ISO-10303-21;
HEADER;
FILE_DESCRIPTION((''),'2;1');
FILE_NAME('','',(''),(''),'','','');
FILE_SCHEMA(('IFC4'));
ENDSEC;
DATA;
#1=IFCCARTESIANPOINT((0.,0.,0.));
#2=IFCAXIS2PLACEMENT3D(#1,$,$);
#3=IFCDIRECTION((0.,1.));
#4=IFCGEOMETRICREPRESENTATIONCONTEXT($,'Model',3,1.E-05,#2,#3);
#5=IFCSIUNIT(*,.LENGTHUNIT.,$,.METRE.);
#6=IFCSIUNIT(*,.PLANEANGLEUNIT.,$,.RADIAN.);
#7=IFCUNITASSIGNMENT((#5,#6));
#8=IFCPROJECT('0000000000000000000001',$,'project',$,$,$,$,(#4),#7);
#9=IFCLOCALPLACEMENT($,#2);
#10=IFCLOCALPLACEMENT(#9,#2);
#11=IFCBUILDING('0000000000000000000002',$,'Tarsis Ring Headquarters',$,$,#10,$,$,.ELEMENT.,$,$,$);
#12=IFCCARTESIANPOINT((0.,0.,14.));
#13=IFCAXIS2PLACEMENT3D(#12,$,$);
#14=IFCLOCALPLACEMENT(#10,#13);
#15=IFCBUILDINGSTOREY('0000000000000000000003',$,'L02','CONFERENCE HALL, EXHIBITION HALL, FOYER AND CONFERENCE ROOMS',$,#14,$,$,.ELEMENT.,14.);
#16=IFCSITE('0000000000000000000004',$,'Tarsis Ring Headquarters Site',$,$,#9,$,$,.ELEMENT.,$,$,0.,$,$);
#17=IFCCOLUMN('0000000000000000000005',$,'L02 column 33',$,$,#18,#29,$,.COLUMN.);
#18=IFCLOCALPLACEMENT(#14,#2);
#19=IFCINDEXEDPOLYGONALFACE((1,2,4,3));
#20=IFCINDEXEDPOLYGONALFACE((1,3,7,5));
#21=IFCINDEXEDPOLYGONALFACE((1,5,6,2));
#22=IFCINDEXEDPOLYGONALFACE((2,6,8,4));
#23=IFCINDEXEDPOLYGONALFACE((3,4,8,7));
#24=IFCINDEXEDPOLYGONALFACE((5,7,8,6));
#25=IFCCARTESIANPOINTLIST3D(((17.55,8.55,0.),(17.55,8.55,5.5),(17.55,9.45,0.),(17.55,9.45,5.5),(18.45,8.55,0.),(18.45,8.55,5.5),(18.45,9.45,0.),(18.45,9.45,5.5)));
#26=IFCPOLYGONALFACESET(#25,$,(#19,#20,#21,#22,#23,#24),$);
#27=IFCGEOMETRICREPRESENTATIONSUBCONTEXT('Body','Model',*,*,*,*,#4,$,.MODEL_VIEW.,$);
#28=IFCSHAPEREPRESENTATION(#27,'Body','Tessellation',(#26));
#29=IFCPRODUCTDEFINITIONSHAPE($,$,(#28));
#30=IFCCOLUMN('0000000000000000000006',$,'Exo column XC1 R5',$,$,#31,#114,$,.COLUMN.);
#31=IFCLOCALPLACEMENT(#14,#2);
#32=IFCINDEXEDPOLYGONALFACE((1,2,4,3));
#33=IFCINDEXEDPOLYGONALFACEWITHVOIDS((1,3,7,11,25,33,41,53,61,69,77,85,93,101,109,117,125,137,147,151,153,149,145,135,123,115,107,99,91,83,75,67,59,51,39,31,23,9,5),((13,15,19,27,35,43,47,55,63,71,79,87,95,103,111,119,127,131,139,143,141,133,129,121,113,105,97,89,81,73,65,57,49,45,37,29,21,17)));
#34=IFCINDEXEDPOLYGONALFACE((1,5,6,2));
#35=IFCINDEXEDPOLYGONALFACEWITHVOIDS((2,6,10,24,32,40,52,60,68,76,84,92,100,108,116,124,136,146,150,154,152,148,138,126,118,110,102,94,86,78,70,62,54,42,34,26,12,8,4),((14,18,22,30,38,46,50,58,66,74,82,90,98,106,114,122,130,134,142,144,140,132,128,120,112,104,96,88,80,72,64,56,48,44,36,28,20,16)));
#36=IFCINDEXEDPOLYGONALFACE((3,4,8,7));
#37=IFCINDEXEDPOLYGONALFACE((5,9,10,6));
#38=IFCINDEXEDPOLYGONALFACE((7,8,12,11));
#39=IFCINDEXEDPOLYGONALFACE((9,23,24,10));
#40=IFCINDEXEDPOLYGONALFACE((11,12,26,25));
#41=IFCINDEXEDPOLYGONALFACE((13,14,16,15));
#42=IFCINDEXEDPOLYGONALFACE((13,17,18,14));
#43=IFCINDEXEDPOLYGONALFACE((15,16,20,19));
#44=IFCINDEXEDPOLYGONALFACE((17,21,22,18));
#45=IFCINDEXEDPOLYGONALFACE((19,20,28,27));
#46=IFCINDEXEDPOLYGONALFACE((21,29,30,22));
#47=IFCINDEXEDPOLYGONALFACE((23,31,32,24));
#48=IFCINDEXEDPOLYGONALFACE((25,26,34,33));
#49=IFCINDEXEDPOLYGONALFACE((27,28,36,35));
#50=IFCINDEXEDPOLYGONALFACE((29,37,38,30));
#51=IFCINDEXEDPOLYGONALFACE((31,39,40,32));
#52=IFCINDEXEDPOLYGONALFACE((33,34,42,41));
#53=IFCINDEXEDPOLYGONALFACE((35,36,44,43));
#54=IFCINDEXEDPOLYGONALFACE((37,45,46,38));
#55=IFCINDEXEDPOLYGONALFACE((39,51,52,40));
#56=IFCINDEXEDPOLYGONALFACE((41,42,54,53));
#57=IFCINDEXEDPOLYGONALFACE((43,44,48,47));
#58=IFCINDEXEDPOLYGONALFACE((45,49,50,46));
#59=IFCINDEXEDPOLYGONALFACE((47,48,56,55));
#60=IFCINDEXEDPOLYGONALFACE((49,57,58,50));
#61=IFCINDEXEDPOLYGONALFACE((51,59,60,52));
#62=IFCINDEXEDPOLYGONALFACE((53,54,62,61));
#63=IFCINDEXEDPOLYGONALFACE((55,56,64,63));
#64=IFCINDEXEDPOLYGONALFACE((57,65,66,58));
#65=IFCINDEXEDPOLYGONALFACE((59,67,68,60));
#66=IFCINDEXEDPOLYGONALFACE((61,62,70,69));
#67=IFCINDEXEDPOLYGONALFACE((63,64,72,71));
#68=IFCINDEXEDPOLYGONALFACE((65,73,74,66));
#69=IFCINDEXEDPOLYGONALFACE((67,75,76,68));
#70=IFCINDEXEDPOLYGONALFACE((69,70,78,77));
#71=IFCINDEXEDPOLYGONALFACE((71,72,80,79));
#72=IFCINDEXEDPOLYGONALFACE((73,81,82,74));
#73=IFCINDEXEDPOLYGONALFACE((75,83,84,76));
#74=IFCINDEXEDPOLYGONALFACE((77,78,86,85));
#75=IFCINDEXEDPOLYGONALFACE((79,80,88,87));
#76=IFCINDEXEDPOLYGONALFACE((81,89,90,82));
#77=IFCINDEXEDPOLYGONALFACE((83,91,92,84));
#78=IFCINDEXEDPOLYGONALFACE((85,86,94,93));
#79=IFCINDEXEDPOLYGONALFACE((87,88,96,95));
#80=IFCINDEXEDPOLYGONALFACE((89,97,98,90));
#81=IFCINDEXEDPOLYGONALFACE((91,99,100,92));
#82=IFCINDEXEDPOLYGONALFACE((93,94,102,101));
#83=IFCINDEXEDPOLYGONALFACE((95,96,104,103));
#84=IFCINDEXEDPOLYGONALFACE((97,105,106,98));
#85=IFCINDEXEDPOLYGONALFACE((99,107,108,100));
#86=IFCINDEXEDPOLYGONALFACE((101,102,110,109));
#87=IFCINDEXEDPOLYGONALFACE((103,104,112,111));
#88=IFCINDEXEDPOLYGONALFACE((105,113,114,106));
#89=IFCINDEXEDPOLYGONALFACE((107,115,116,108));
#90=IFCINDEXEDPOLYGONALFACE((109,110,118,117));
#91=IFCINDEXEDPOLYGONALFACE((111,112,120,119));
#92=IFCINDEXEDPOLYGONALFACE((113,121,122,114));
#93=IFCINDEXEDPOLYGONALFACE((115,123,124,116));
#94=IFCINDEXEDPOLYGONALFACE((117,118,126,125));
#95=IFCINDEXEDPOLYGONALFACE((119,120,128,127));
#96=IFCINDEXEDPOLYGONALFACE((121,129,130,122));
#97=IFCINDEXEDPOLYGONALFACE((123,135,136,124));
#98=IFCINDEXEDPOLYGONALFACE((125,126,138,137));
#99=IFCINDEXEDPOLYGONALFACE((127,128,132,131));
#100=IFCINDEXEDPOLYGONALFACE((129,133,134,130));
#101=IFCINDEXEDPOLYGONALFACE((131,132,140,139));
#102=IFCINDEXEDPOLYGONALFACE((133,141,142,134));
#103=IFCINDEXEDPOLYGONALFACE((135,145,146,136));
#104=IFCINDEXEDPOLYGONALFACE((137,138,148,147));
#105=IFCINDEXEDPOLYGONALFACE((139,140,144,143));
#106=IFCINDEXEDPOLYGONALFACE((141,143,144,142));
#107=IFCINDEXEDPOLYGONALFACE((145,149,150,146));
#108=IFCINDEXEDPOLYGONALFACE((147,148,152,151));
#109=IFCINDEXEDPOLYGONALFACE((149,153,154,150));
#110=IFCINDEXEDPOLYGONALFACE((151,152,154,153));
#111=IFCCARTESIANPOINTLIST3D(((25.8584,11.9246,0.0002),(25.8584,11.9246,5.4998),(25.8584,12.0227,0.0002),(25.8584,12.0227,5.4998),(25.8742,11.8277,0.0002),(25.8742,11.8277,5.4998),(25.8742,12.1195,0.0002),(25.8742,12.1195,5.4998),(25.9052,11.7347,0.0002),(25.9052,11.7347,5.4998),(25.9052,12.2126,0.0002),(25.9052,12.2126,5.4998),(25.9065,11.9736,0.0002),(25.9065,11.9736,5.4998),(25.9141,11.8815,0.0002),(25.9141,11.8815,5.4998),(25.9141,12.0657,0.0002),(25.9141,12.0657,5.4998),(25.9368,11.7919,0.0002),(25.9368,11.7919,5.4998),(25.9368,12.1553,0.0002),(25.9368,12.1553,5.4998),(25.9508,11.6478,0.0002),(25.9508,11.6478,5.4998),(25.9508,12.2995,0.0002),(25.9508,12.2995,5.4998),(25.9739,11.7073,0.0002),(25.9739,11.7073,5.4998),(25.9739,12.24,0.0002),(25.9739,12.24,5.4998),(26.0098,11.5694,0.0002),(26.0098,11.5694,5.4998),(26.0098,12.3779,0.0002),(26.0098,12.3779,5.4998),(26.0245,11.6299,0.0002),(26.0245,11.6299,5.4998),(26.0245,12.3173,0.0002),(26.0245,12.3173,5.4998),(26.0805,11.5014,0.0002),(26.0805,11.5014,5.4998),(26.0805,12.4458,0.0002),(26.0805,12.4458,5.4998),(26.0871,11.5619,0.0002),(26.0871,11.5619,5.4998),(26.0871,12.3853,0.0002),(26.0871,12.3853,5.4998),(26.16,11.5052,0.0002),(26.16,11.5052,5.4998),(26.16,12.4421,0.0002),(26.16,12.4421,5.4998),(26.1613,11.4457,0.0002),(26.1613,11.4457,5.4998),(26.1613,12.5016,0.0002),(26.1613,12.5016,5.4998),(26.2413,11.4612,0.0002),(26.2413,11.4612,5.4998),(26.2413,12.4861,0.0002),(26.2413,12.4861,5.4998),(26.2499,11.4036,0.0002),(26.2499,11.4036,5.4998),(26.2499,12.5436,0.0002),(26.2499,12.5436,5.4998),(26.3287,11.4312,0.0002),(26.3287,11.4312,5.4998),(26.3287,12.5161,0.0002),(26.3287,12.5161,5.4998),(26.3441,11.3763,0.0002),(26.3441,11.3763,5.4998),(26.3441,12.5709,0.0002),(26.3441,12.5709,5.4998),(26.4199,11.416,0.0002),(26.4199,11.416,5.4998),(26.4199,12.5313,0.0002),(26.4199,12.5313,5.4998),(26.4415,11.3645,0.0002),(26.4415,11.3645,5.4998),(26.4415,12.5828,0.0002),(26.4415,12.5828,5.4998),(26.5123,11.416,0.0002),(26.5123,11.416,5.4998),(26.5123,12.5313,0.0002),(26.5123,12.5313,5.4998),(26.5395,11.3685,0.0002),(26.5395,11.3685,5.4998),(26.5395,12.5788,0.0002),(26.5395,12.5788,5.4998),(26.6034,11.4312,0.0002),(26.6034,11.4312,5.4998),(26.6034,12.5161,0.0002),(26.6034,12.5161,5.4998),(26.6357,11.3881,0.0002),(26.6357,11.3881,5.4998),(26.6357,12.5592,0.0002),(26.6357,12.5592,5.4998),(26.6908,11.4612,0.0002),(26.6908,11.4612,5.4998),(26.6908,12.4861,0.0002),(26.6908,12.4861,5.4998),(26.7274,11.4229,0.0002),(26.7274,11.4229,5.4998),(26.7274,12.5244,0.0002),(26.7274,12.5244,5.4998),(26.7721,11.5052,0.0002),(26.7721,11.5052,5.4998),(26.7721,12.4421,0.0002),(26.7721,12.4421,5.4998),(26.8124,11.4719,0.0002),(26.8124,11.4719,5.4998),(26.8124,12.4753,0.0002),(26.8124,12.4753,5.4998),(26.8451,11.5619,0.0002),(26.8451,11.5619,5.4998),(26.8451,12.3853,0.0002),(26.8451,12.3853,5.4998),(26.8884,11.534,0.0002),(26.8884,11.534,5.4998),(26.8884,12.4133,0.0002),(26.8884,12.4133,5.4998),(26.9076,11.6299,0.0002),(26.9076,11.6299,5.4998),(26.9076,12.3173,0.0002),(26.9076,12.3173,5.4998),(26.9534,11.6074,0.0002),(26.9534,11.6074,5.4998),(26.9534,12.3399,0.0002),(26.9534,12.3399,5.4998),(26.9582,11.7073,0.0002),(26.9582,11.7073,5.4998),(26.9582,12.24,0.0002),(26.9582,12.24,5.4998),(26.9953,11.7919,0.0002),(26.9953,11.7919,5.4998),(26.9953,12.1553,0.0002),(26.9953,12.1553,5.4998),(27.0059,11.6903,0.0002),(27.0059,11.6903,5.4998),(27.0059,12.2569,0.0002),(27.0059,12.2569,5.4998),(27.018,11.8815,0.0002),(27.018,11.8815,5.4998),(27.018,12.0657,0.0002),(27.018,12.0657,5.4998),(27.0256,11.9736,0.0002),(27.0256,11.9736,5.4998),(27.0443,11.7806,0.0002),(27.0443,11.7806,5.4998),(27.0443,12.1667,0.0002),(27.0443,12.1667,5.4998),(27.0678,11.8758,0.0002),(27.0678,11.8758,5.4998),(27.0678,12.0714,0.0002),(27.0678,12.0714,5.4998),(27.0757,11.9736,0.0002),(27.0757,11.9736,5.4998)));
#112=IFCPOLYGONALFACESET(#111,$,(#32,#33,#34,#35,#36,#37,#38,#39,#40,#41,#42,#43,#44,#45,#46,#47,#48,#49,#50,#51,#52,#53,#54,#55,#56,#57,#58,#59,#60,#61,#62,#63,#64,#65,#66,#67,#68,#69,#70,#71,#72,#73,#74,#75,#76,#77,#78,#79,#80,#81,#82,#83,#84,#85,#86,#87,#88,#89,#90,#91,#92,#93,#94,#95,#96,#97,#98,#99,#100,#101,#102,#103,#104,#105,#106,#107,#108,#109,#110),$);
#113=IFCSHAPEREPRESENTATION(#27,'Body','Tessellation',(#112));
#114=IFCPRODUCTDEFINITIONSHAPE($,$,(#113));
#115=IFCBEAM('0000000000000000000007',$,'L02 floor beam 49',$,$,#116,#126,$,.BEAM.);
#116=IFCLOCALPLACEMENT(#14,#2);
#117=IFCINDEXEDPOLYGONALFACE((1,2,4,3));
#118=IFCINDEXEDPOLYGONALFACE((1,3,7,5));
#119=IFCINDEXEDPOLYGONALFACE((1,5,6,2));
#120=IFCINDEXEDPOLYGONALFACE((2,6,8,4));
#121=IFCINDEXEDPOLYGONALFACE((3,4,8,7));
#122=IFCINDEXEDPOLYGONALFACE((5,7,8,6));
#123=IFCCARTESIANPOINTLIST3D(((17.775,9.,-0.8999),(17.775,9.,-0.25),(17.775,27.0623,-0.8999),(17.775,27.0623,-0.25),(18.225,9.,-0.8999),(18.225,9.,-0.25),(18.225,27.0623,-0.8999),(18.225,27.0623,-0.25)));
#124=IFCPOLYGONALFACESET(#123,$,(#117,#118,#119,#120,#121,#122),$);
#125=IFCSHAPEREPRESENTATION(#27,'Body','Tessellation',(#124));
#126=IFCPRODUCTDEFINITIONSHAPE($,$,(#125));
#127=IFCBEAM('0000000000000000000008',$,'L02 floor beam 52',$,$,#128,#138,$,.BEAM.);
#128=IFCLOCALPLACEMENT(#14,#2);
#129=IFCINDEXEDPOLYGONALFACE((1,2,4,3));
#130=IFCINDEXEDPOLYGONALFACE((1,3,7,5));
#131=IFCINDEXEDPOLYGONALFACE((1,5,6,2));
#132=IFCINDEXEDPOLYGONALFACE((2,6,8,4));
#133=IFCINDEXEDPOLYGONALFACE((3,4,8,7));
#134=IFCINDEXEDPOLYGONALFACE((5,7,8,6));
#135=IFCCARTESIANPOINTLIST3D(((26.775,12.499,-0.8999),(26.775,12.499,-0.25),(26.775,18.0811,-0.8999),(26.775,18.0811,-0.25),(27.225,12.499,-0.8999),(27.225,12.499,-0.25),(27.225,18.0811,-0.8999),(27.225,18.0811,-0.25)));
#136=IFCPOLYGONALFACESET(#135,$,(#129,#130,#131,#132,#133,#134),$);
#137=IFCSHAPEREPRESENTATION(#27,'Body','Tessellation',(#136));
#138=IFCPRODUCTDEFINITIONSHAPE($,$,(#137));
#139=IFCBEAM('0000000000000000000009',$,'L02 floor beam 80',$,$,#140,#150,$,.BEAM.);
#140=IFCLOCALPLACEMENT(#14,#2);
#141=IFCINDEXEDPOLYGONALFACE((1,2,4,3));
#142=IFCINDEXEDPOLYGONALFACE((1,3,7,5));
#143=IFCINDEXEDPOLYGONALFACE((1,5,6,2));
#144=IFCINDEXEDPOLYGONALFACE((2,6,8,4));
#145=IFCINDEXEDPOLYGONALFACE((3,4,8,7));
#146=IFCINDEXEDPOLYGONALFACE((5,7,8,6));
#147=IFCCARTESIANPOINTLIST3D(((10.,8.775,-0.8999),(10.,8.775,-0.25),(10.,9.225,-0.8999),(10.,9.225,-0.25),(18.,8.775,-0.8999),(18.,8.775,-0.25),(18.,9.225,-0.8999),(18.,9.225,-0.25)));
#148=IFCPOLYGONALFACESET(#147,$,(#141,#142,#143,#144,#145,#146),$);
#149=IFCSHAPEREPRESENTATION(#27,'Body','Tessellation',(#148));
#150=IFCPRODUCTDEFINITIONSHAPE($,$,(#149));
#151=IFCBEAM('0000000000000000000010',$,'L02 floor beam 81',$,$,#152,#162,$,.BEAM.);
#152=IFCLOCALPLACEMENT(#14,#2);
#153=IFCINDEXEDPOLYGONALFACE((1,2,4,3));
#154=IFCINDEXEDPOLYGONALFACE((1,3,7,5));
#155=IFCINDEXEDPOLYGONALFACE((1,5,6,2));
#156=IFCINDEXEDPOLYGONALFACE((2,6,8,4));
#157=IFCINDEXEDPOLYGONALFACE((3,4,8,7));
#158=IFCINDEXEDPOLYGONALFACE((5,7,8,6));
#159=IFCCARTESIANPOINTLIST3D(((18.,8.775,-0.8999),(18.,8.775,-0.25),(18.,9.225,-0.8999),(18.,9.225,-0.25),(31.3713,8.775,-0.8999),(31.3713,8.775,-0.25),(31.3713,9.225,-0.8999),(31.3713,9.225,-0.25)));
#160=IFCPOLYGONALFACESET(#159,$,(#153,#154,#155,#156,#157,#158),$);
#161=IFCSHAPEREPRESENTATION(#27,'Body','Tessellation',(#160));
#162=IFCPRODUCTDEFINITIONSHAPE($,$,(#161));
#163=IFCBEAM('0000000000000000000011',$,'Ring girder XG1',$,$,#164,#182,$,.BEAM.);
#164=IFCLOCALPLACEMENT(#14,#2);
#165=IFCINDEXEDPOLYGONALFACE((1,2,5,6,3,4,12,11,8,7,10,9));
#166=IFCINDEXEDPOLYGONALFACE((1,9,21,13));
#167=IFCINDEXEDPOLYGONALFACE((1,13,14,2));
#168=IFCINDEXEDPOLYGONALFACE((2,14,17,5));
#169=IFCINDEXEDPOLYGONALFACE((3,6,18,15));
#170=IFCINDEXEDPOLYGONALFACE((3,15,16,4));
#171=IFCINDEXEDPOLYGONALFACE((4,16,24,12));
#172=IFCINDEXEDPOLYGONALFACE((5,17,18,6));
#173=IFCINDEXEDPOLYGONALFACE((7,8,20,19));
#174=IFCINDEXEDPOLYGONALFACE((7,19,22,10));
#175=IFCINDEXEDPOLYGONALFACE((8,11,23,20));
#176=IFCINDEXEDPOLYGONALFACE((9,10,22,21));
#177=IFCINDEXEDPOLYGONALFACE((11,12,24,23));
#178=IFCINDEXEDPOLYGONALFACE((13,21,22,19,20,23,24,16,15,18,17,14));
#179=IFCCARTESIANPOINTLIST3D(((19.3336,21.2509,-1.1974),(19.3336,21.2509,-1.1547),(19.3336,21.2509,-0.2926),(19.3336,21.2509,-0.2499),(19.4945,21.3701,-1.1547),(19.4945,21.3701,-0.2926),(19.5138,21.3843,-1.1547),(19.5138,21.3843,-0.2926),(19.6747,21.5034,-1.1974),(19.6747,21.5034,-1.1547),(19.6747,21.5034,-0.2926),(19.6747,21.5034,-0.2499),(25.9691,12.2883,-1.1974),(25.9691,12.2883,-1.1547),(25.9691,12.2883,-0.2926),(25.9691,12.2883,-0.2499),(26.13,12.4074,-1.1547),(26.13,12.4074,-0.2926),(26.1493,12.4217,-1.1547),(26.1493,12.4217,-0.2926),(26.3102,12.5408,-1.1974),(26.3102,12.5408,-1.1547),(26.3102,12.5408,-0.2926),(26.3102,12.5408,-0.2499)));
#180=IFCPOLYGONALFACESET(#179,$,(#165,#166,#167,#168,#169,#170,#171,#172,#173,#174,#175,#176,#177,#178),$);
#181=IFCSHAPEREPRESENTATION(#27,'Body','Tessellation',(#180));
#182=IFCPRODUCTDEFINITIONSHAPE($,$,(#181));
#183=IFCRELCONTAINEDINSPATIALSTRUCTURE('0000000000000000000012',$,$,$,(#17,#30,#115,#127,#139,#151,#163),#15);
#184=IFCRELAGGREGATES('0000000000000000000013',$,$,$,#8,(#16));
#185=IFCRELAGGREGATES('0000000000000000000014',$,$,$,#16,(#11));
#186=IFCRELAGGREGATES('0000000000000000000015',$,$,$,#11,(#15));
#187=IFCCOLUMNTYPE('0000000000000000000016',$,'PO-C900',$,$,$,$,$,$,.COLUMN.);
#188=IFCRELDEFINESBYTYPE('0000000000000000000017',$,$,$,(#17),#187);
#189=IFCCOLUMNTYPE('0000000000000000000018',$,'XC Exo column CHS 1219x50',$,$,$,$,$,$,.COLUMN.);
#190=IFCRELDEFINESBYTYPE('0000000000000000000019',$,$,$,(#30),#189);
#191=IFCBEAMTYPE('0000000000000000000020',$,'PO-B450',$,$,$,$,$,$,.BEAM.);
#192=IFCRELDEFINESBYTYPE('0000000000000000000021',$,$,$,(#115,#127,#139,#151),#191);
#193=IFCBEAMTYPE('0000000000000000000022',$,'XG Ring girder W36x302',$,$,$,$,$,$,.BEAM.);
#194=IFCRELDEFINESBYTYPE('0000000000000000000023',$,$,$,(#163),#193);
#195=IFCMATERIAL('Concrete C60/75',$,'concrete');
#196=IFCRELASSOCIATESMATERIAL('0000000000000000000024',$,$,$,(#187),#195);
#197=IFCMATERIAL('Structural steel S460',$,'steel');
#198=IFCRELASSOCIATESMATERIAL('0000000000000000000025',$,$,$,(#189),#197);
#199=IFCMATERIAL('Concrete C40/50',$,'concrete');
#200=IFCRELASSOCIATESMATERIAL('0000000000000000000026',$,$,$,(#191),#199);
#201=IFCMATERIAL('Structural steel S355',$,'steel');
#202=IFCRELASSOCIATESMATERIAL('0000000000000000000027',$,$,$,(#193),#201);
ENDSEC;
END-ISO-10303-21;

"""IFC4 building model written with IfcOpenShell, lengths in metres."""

from ifc_helpers import new_model, si_unit, direction, frame, origin, origin_2d, place, context, subcontext, project, spatial, rectangle, hollow_circle, i_section, extrude, material, material_profile, profile_set, type_object, element, save


model = new_model("IFC4")

# Units and contexts
model_context = context("Model", 3, precision=1e-05, world=origin(), true_north=direction((0.0, 1.0)))
body_context = subcontext(model_context, "Body", "Model", "MODEL_VIEW")
ifc_project = project(units=[si_unit("LENGTHUNIT", "METRE"), si_unit("PLANEANGLEUNIT", "RADIAN")], contexts=[model_context])

# Site, building, storey
site_placement = place(None, origin())
site = spatial("IfcSite", under=ifc_project, at=site_placement, Name="Tarsis Ring Headquarters Site", CompositionType="ELEMENT", RefElevation=0.0)
building_placement = place(site_placement, origin())
building = spatial("IfcBuilding", under=site, at=building_placement, Name="Tarsis Ring Headquarters", CompositionType="ELEMENT")
storey_placement = place(building_placement, frame((0.0, 0.0, 14.0)))
storey = spatial("IfcBuildingStorey", under=building, at=storey_placement, Name="L02", Description="CONFERENCE HALL, EXHIBITION HALL, FOYER AND CONFERENCE ROOMS", CompositionType="ELEMENT", Elevation=14.0)

# Columns
ifc_material_1 = material(Name="Concrete C60/75", Category="concrete")
ifc_material_profile_1 = material_profile(ifc_material_1, rectangle(XDim=0.8999, YDim=0.8999, at=origin_2d()), Name="PO-C900")
ifc_profile_set_1 = profile_set([ifc_material_profile_1], Name="Concrete C60/75")
column_type_1 = type_object("IfcColumnType", Name="PO-C900", PredefinedType="COLUMN", material=ifc_profile_set_1)
column_1_placement = place(storey_placement, frame((18.0, 9.0, 0.0), z_axis=(0.0, 0.0, 1.0), x_axis=(1.0, 0.0, 0.0)))
element("IfcColumn", 1, at=column_1_placement, inside=storey, type_object=column_type_1, Name="L02 column 33", PredefinedType="COLUMN", context=body_context, shape_type="SweptSolid", body=[
    extrude(rectangle(XDim=0.8999, YDim=0.8999, at=origin_2d()), origin(), (0.0, 0.0, 1.0), 5.5),
])
ifc_material_2 = material(Name="Structural steel S460", Category="steel")
ifc_material_profile_2 = material_profile(ifc_material_2, hollow_circle(Radius=0.6096, WallThickness=0.05, at=origin_2d()), Name="CHS 1219x50")
ifc_profile_set_2 = profile_set([ifc_material_profile_2], Name="Structural steel S460")
column_type_2 = type_object("IfcColumnType", Name="XC Exo column CHS 1219x50", PredefinedType="COLUMN", material=ifc_profile_set_2)
column_2_placement = place(storey_placement, frame((26.4661, 11.9736, 0.0002), z_axis=(0.0, 0.0, 1.0), x_axis=(1.0, 0.0, 0.0)))
element("IfcColumn", 2, at=column_2_placement, inside=storey, type_object=column_type_2, Name="Exo column XC1 R5", PredefinedType="COLUMN", context=body_context, shape_type="SweptSolid", body=[
    extrude(hollow_circle(Radius=0.6096, WallThickness=0.05, at=origin_2d()), origin(), (0.0, 0.0, 1.0), 5.4995),
])

# Beams
ifc_material_3 = material(Name="Concrete C40/50", Category="concrete")
ifc_material_profile_3 = material_profile(ifc_material_3, rectangle(XDim=0.45, YDim=0.6499, at=origin_2d()), Name="PO-B450")
ifc_profile_set_3 = profile_set([ifc_material_profile_3], Name="Concrete C40/50")
beam_type_1 = type_object("IfcBeamType", Name="PO-B450", PredefinedType="BEAM", material=ifc_profile_set_3)
beam_1_placement = place(storey_placement, frame((18.0, 9.0, -0.575), z_axis=(0.0, 1.0, 0.0), x_axis=(-1.0, 0.0, 0.0)))
element("IfcBeam", 3, at=beam_1_placement, inside=storey, type_object=beam_type_1, Name="L02 floor beam 49", PredefinedType="BEAM", context=body_context, shape_type="SweptSolid", body=[
    extrude(rectangle(XDim=0.45, YDim=0.6499, at=origin_2d()), origin(), (0.0, 0.0, 1.0), 18.0623),
])
beam_2_placement = place(storey_placement, frame((27.0, 12.499, -0.575), z_axis=(0.0, 1.0, 0.0), x_axis=(-1.0, 0.0, 0.0)))
element("IfcBeam", 4, at=beam_2_placement, inside=storey, type_object=beam_type_1, Name="L02 floor beam 52", PredefinedType="BEAM", context=body_context, shape_type="SweptSolid", body=[
    extrude(rectangle(XDim=0.45, YDim=0.6499, at=origin_2d()), origin(), (0.0, 0.0, 1.0), 5.582),
])
beam_3_placement = place(storey_placement, frame((10.0, 9.0, -0.575), z_axis=(1.0, 0.0, 0.0), x_axis=(0.0, 1.0, 0.0)))
element("IfcBeam", 5, at=beam_3_placement, inside=storey, type_object=beam_type_1, Name="L02 floor beam 80", PredefinedType="BEAM", context=body_context, shape_type="SweptSolid", body=[
    extrude(rectangle(XDim=0.45, YDim=0.6499, at=origin_2d()), origin(), (0.0, 0.0, 1.0), 8.0),
])
beam_4_placement = place(storey_placement, frame((18.0, 9.0, -0.575), z_axis=(1.0, 0.0, 0.0), x_axis=(0.0, 1.0, 0.0)))
element("IfcBeam", 6, at=beam_4_placement, inside=storey, type_object=beam_type_1, Name="L02 floor beam 81", PredefinedType="BEAM", context=body_context, shape_type="SweptSolid", body=[
    extrude(rectangle(XDim=0.45, YDim=0.6499, at=origin_2d()), origin(), (0.0, 0.0, 1.0), 13.3713),
])
ifc_material_4 = material(Name="Structural steel S355", Category="steel")
ifc_material_profile_4 = material_profile(ifc_material_4, i_section(OverallWidth=0.4243, OverallDepth=0.9475, WebThickness=0.0239, FlangeThickness=0.0427, at=origin_2d()), Name="W36x302")
ifc_profile_set_4 = profile_set([ifc_material_profile_4], Name="Structural steel S355")
beam_type_2 = type_object("IfcBeamType", Name="XG Ring girder W36x302", PredefinedType="BEAM", material=ifc_profile_set_4)
beam_5_placement = place(storey_placement, frame((26.1396, 12.4146, -0.7236), z_axis=(-0.595025, 0.803707, 0.0), x_axis=(-0.803707, -0.595025, 0.0)))
element("IfcBeam", 7, at=beam_5_placement, inside=storey, type_object=beam_type_2, Name="Ring girder XG1", PredefinedType="BEAM", context=body_context, shape_type="SweptSolid", body=[
    extrude(i_section(OverallWidth=0.4243, OverallDepth=0.9475, WebThickness=0.0239, FlangeThickness=0.0427, at=origin_2d()), origin(), (0.0, 0.0, 1.0), 11.1516),
])

save(model, "model.ifc")
